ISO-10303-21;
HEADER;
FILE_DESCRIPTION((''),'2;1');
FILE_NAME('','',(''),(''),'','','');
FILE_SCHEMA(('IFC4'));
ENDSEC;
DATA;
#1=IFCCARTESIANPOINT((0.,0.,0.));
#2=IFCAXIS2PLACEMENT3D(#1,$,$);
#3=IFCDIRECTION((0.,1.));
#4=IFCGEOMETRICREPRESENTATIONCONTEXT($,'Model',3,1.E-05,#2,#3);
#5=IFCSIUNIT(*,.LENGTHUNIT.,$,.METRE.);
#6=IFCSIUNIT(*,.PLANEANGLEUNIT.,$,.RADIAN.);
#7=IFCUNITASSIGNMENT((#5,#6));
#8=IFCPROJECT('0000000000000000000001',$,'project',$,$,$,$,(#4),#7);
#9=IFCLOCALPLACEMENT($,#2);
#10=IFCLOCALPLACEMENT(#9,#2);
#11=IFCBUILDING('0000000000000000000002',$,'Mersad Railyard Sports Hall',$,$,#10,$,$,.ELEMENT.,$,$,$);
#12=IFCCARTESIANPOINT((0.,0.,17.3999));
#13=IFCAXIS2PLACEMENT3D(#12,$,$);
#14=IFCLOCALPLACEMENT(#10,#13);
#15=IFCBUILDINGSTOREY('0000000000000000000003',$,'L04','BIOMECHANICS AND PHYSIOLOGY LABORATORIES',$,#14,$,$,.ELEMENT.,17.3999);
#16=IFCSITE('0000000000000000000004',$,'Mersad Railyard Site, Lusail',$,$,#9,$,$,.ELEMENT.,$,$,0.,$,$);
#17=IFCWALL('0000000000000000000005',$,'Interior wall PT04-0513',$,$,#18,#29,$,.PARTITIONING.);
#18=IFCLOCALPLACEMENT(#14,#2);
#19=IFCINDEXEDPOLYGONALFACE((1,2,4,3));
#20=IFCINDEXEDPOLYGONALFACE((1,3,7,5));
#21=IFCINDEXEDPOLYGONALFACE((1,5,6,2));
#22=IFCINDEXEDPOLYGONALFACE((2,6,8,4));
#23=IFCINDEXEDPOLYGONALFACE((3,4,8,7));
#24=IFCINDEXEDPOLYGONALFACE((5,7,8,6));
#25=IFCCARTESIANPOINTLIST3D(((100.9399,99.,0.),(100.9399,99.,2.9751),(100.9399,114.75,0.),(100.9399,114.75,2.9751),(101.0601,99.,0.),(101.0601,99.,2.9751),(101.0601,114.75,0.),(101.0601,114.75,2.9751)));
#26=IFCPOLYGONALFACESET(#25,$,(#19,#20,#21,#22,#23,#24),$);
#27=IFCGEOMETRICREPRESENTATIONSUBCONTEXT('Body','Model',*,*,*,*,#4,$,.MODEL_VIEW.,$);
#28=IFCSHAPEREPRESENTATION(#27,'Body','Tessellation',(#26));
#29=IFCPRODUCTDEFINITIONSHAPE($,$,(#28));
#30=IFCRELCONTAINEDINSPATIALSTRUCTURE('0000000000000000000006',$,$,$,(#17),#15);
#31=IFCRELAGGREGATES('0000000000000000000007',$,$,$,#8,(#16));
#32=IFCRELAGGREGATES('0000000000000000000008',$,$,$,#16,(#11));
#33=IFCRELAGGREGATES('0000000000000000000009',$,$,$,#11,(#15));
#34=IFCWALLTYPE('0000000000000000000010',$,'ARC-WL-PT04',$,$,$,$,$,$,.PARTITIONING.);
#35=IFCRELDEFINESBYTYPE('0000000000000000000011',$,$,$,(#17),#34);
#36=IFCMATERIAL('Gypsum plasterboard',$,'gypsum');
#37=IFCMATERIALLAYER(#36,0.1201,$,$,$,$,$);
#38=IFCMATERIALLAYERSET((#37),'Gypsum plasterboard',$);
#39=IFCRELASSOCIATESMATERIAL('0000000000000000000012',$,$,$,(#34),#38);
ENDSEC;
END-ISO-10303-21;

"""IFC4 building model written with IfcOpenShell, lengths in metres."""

from ifc_helpers import new_model, si_unit, direction, frame, frame_2d, origin, place, context, subcontext, project, spatial, rectangle, extrude, material, layer, layer_set, type_object, element, save


model = new_model("IFC4")

# Units and contexts
model_context = context("Model", 3, precision=1e-05, world=origin(), true_north=direction((0.0, 1.0)))
body_context = subcontext(model_context, "Body", "Model", "MODEL_VIEW")
ifc_project = project(units=[si_unit("LENGTHUNIT", "METRE"), si_unit("PLANEANGLEUNIT", "RADIAN")], contexts=[model_context])

# Site, building, storey
site_placement = place(None, origin())
site = spatial("IfcSite", under=ifc_project, at=site_placement, Name="Mersad Railyard Site, Lusail", CompositionType="ELEMENT", RefElevation=0.0)
building_placement = place(site_placement, origin())
building = spatial("IfcBuilding", under=site, at=building_placement, Name="Mersad Railyard Sports Hall", CompositionType="ELEMENT")
storey_placement = place(building_placement, frame((0.0, 0.0, 17.3999)))
storey = spatial("IfcBuildingStorey", under=building, at=storey_placement, Name="L04", Description="BIOMECHANICS AND PHYSIOLOGY LABORATORIES", CompositionType="ELEMENT", Elevation=17.3999)

# Shared definitions
ifc_material_1 = material(Name="Gypsum plasterboard", Category="gypsum")

# Wall
ifc_layer_1 = layer(ifc_material_1, 0.1201)
ifc_layer_set_1 = layer_set([ifc_layer_1], Name="Gypsum plasterboard")
wall_type_1 = type_object("IfcWallType", Name="ARC-WL-PT04", PredefinedType="PARTITIONING", material=ifc_layer_set_1)
wall_1_placement = place(storey_placement, frame((101.0, 99.0, 0.0), z_axis=(0.0, 0.0, 1.0), x_axis=(0.0, 1.0, 0.0)))
element("IfcWall", 1, at=wall_1_placement, inside=storey, type_object=wall_type_1, Name="Interior wall PT04-0513", PredefinedType="PARTITIONING", context=body_context, shape_type="SweptSolid", body=[
    extrude(rectangle(XDim=15.75, YDim=0.1201, at=frame_2d((7.875, 0.0))), origin(), (0.0, 0.0, 1.0), 2.9751),
])

save(model, "model.ifc")
